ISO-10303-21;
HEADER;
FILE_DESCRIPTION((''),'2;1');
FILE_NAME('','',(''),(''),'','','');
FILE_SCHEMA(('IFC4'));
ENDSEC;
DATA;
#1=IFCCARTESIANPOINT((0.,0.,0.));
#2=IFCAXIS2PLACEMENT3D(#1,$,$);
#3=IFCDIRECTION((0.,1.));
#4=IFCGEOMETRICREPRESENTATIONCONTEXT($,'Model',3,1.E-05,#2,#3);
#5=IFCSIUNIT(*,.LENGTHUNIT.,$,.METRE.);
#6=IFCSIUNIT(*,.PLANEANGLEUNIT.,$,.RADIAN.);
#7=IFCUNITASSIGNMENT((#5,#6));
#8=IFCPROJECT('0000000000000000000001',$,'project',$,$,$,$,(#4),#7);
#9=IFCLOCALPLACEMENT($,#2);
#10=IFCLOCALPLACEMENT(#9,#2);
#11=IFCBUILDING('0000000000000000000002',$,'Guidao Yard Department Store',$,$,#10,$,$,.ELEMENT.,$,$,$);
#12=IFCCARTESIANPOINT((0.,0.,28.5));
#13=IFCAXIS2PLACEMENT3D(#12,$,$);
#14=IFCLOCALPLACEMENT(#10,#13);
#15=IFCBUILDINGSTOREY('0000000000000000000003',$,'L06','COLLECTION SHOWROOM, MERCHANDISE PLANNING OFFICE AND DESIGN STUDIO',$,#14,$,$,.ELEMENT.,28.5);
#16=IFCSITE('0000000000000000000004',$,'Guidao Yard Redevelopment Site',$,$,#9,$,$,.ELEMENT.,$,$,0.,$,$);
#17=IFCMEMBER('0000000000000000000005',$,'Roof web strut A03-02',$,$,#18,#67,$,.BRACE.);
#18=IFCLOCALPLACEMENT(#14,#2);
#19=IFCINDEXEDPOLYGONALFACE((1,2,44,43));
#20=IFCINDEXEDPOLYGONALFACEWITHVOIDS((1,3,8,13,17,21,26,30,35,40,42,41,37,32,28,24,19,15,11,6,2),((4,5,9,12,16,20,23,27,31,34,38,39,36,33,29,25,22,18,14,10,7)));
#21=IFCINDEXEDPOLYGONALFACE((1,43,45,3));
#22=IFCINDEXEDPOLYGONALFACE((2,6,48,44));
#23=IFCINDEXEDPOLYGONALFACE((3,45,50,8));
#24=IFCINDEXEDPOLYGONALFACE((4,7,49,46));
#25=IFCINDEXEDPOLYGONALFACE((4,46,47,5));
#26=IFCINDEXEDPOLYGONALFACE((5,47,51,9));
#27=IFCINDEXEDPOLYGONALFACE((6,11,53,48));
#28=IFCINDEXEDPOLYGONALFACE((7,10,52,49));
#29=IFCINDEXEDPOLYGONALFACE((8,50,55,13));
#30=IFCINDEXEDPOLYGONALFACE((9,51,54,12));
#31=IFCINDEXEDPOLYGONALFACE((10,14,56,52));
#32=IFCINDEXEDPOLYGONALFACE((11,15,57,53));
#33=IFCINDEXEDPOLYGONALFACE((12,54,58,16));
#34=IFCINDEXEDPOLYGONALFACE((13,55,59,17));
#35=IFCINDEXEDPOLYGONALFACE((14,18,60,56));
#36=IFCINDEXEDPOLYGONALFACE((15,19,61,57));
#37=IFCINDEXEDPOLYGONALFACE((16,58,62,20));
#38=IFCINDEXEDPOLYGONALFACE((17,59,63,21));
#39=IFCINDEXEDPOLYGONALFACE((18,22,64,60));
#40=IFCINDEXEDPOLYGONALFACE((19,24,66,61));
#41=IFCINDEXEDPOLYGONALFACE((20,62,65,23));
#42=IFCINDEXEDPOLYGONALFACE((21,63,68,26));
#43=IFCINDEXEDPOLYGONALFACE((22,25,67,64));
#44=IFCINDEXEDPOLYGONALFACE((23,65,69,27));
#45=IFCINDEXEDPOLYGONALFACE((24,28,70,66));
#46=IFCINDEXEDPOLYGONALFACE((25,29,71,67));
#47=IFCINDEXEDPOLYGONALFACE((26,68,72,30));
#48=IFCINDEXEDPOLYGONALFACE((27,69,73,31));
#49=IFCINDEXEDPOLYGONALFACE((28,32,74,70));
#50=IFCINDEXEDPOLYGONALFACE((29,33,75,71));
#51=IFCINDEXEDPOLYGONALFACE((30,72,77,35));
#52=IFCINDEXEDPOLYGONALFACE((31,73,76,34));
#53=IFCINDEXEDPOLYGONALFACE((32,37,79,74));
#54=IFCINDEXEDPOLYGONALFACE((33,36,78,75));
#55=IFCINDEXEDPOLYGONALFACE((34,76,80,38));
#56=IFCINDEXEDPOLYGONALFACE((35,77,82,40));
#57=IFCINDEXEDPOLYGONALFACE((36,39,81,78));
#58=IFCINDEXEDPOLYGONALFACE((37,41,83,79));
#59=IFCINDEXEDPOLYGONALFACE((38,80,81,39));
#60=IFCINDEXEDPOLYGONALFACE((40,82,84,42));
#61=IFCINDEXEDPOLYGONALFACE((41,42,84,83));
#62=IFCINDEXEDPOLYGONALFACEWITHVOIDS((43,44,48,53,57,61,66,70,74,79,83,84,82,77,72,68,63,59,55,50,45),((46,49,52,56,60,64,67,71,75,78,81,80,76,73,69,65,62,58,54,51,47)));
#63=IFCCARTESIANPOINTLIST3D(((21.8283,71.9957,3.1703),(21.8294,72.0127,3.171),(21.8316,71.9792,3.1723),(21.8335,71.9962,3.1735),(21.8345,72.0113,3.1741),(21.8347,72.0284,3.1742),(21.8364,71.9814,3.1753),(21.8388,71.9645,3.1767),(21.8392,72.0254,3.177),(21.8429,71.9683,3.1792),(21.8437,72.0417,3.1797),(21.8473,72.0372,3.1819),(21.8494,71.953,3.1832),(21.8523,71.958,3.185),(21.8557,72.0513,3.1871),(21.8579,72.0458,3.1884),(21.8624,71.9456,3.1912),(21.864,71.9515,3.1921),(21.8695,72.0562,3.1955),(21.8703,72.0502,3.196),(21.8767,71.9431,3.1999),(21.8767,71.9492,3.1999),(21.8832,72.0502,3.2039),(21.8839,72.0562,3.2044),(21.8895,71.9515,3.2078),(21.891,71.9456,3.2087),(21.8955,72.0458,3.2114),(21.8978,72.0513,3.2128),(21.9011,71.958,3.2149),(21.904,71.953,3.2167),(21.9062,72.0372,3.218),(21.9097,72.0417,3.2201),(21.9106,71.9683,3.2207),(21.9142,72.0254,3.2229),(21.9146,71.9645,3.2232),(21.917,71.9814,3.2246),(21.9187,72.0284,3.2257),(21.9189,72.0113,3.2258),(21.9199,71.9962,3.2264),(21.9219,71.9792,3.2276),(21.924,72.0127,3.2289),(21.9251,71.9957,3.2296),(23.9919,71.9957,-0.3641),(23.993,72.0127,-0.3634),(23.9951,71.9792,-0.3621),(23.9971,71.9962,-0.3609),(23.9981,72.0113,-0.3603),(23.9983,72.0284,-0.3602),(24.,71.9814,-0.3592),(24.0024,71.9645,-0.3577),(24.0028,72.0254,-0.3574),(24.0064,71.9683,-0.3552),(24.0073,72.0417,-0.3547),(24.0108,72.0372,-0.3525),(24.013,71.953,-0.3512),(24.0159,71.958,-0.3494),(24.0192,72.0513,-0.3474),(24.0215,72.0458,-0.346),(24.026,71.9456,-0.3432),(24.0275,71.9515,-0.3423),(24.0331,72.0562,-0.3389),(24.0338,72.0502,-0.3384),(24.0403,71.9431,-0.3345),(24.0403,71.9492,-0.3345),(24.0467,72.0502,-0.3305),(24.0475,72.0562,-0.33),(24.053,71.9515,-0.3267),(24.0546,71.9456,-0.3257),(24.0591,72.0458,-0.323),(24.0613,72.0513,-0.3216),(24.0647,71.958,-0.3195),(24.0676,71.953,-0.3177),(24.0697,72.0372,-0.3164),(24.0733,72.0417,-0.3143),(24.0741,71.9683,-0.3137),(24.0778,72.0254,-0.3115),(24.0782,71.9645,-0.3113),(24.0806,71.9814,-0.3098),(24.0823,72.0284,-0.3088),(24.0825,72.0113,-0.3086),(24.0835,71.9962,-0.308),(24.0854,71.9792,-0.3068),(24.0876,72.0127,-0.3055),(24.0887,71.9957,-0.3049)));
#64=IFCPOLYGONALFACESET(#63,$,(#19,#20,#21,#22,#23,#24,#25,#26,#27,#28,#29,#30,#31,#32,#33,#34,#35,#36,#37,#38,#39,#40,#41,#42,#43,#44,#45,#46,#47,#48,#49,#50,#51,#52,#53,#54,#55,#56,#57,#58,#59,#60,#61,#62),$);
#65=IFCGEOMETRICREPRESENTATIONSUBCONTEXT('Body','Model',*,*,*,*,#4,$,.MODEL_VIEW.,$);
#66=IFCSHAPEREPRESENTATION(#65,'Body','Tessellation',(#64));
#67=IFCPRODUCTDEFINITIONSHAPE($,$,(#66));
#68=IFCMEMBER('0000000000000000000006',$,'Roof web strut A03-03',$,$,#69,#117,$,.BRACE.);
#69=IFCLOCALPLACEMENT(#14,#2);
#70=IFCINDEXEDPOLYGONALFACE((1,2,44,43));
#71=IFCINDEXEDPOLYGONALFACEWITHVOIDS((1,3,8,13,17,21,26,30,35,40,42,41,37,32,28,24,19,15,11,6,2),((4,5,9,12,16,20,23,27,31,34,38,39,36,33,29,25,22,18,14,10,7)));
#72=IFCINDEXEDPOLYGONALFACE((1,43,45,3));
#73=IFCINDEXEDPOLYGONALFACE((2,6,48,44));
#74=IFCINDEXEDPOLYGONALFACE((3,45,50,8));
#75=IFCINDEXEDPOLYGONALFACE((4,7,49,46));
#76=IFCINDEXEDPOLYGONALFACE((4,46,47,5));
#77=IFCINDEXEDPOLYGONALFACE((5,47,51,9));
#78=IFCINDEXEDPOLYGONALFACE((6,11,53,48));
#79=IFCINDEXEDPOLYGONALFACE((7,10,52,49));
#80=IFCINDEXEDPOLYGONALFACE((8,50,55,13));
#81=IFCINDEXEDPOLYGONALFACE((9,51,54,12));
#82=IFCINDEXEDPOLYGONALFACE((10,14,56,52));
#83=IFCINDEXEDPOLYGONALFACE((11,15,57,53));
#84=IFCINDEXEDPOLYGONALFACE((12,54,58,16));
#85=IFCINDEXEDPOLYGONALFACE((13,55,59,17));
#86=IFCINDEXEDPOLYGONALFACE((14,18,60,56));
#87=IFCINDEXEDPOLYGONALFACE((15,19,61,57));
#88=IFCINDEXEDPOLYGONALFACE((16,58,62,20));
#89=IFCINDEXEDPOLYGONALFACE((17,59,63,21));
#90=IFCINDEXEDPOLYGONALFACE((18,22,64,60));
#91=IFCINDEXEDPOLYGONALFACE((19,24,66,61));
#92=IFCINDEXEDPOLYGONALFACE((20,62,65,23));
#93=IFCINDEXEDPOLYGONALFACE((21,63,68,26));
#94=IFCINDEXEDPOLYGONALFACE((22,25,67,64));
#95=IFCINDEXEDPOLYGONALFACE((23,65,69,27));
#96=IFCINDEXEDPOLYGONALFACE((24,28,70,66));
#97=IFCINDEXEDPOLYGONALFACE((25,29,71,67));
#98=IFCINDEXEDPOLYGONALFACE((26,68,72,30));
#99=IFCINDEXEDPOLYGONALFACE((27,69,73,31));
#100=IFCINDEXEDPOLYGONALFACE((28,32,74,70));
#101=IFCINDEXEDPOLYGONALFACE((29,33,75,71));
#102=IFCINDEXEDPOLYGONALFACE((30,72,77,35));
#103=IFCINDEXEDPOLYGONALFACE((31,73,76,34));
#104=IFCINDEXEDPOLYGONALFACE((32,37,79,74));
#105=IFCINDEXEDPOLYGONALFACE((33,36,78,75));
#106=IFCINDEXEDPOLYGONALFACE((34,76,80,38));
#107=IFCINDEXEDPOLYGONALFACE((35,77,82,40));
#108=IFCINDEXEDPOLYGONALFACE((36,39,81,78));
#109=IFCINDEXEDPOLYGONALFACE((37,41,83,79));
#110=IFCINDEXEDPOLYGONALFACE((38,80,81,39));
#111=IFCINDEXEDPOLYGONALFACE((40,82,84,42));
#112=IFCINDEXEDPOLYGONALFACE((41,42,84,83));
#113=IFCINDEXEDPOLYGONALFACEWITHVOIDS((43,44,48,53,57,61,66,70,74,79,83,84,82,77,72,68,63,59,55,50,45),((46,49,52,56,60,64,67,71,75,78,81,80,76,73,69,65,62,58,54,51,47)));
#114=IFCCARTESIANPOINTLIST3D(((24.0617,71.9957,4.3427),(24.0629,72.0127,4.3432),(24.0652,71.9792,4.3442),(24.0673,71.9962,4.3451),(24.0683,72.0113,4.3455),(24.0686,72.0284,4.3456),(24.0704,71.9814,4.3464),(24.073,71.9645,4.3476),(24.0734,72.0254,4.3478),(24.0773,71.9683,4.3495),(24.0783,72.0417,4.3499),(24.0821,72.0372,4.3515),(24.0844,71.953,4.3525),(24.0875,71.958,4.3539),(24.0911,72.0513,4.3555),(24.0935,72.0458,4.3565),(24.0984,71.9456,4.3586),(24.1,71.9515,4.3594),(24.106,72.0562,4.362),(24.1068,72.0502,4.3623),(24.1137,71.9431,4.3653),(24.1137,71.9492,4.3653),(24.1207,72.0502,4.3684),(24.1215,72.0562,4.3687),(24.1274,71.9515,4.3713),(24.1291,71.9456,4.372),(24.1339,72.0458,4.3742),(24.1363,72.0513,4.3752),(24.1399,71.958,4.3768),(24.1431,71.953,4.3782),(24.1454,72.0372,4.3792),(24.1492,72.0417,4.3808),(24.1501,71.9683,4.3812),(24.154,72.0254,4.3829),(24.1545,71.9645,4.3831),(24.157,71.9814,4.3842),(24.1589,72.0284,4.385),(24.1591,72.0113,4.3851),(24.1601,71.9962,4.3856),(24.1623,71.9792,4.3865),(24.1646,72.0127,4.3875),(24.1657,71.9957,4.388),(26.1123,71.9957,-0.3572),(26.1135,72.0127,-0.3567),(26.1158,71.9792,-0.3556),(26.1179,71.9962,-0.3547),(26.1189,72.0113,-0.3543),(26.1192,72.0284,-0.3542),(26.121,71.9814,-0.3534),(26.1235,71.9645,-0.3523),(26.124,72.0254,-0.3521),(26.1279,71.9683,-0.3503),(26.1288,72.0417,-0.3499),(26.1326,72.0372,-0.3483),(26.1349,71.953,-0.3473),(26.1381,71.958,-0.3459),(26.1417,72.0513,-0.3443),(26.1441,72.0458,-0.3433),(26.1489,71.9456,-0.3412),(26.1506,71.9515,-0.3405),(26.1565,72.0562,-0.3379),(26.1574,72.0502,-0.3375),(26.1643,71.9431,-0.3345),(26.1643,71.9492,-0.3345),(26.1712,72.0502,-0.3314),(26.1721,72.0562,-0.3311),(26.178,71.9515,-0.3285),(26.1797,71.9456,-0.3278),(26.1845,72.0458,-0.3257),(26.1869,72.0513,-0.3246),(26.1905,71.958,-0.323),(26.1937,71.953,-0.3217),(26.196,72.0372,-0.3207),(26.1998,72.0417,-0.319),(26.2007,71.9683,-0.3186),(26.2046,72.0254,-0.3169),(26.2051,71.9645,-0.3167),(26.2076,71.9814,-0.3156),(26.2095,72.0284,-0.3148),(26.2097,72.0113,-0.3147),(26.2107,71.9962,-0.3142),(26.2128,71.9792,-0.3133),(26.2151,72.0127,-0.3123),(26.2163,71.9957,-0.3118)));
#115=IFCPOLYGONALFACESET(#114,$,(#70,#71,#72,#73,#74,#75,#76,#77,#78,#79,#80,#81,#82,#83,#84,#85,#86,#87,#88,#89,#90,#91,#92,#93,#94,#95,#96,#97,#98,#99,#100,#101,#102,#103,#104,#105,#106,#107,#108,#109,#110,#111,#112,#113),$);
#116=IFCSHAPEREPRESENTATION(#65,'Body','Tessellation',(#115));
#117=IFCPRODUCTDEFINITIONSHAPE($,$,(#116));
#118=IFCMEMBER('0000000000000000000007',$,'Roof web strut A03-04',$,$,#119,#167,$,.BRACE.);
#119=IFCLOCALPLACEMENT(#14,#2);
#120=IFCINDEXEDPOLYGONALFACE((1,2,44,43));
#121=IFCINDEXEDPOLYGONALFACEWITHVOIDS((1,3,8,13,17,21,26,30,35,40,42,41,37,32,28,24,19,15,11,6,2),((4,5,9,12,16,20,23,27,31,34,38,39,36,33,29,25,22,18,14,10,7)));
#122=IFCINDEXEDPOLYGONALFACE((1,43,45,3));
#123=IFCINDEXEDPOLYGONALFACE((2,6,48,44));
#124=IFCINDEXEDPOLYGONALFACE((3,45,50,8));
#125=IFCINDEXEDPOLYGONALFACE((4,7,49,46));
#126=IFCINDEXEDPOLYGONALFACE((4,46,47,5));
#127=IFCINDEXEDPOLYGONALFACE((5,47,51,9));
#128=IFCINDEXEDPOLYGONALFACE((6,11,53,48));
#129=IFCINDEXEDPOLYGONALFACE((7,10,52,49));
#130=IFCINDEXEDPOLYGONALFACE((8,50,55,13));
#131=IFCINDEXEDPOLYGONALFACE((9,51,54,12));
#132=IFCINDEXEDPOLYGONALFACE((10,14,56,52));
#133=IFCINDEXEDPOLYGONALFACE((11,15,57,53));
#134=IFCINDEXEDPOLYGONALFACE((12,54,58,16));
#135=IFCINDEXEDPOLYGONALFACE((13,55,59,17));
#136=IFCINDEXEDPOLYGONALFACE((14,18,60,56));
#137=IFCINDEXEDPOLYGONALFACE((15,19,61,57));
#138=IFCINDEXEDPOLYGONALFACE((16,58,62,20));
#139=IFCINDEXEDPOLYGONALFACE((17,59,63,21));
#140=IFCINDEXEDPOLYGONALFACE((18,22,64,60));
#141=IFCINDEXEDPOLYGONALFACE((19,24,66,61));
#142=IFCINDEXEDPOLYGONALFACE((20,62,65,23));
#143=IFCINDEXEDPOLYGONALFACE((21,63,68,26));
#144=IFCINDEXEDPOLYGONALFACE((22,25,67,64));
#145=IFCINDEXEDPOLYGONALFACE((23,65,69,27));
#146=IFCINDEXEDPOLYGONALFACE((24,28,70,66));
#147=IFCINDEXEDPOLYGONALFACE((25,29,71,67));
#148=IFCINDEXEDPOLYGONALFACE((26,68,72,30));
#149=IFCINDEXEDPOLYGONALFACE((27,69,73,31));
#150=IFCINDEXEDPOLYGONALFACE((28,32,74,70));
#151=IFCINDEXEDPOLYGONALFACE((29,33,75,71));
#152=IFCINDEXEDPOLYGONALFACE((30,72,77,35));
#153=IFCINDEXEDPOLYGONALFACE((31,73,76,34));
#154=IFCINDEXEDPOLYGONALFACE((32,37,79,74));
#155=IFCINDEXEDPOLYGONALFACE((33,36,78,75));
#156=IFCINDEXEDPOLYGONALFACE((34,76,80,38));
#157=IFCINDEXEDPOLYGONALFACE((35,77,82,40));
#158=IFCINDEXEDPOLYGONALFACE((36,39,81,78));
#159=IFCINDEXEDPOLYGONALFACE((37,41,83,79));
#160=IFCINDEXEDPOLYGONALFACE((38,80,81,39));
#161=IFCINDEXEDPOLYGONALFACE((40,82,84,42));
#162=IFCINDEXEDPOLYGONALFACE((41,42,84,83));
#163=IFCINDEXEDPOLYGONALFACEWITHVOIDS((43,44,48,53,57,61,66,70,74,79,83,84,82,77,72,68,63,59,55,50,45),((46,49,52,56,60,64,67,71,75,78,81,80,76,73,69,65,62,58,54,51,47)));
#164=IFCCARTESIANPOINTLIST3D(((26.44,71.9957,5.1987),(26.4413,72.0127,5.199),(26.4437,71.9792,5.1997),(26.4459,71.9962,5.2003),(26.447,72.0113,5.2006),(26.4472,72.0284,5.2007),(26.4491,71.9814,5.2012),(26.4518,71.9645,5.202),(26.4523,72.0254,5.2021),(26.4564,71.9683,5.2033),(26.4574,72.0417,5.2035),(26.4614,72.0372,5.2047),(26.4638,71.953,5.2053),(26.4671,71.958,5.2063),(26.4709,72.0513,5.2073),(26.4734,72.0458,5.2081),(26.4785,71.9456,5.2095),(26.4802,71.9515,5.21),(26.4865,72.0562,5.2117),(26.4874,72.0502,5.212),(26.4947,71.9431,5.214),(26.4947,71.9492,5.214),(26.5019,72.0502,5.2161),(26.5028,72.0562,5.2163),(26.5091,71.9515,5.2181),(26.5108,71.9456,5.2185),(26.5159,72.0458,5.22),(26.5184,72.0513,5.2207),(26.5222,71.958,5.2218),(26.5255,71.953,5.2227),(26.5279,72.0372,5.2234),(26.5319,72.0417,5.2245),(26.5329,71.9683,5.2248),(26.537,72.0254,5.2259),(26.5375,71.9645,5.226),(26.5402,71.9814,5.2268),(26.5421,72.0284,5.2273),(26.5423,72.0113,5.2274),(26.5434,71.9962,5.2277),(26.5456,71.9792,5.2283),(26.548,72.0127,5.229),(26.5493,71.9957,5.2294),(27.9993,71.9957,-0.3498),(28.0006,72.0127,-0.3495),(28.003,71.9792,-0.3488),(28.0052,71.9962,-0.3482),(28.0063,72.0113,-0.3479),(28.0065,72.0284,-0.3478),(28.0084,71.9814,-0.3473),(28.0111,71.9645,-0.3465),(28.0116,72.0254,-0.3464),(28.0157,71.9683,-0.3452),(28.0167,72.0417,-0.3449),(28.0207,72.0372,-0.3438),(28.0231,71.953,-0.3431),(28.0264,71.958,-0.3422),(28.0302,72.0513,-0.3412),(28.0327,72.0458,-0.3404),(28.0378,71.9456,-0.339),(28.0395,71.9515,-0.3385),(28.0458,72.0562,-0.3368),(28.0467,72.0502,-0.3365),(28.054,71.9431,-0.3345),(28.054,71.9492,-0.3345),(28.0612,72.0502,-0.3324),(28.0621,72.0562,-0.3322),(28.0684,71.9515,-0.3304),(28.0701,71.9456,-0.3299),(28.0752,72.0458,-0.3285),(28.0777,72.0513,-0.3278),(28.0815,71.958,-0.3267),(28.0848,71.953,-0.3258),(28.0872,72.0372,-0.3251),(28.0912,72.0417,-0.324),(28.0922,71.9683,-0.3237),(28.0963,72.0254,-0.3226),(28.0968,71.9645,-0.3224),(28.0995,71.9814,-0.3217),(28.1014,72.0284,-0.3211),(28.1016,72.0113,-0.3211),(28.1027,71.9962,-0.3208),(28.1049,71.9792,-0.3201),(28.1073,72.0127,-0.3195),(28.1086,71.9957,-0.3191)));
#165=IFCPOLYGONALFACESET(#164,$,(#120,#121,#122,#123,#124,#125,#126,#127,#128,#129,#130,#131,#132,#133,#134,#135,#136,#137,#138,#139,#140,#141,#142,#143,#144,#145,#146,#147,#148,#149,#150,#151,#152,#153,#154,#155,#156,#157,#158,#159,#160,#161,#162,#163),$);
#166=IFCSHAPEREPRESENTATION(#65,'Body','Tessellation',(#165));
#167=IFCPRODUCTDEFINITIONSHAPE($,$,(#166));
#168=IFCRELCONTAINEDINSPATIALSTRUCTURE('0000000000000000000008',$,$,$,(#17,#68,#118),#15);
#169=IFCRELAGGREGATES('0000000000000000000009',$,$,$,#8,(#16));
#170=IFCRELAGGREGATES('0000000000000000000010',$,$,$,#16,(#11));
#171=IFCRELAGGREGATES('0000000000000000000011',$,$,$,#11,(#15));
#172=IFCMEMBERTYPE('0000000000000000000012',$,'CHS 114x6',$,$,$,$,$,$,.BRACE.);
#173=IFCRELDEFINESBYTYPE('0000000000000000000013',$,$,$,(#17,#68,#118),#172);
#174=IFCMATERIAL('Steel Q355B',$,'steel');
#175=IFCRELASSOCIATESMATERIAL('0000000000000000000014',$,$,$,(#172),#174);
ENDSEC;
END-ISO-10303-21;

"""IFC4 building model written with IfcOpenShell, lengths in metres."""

from ifc_helpers import new_model, si_unit, direction, frame, origin, origin_2d, place, context, subcontext, project, spatial, hollow_circle, extrude, material, material_profile, profile_set, type_object, element, save


model = new_model("IFC4")

# Units and contexts
model_context = context("Model", 3, precision=1e-05, world=origin(), true_north=direction((0.0, 1.0)))
body_context = subcontext(model_context, "Body", "Model", "MODEL_VIEW")
ifc_project = project(units=[si_unit("LENGTHUNIT", "METRE"), si_unit("PLANEANGLEUNIT", "RADIAN")], contexts=[model_context])

# Site, building, storey
site_placement = place(None, origin())
site = spatial("IfcSite", under=ifc_project, at=site_placement, Name="Guidao Yard Redevelopment Site", CompositionType="ELEMENT", RefElevation=0.0)
building_placement = place(site_placement, origin())
building = spatial("IfcBuilding", under=site, at=building_placement, Name="Guidao Yard Department Store", CompositionType="ELEMENT")
storey_placement = place(building_placement, frame((0.0, 0.0, 28.5)))
storey = spatial("IfcBuildingStorey", under=building, at=storey_placement, Name="L06", Description="COLLECTION SHOWROOM, MERCHANDISE PLANNING OFFICE AND DESIGN STUDIO", CompositionType="ELEMENT", Elevation=28.5)

# Members
ifc_material_1 = material(Name="Steel Q355B", Category="steel")
ifc_material_profile_1 = material_profile(ifc_material_1, hollow_circle(Radius=0.0569, WallThickness=0.0061, at=origin_2d()), Name="CHS 114x6")
ifc_profile_set_1 = profile_set([ifc_material_profile_1], Name="Steel Q355B")
member_type = type_object("IfcMemberType", Name="CHS 114x6", PredefinedType="BRACE", material=ifc_profile_set_1)
member_1_placement = place(storey_placement, frame((24.0403, 72.0, -0.3345), z_axis=(-0.522091, 0.0, 0.85289), x_axis=(0.0, -1.0, 0.0)))
element("IfcMember", 1, at=member_1_placement, inside=storey, type_object=member_type, Name="Roof web strut A03-02", PredefinedType="BRACE", context=body_context, shape_type="SweptSolid", body=[
    extrude(hollow_circle(Radius=0.0569, WallThickness=0.0061, at=origin_2d()), origin(), (0.0, 0.0, 1.0), 4.144),
])
member_2_placement = place(storey_placement, frame((26.1643, 72.0, -0.3345), z_axis=(-0.399904, 0.0, 0.916557), x_axis=(0.0, -1.0, 0.0)))
element("IfcMember", 2, at=member_2_placement, inside=storey, type_object=member_type, Name="Roof web strut A03-03", PredefinedType="BRACE", context=body_context, shape_type="SweptSolid", body=[
    extrude(hollow_circle(Radius=0.0569, WallThickness=0.0061, at=origin_2d()), origin(), (0.0, 0.0, 1.0), 5.1277),
])
member_3_placement = place(storey_placement, frame((28.054, 72.0, -0.3345), z_axis=(-0.270551, 0.0, 0.962706), x_axis=(0.0, -1.0, 0.0)))
element("IfcMember", 3, at=member_3_placement, inside=storey, type_object=member_type, Name="Roof web strut A03-04", PredefinedType="BRACE", context=body_context, shape_type="SweptSolid", body=[
    extrude(hollow_circle(Radius=0.0569, WallThickness=0.0061, at=origin_2d()), origin(), (0.0, 0.0, 1.0), 5.7634),
])

save(model, "model.ifc")
